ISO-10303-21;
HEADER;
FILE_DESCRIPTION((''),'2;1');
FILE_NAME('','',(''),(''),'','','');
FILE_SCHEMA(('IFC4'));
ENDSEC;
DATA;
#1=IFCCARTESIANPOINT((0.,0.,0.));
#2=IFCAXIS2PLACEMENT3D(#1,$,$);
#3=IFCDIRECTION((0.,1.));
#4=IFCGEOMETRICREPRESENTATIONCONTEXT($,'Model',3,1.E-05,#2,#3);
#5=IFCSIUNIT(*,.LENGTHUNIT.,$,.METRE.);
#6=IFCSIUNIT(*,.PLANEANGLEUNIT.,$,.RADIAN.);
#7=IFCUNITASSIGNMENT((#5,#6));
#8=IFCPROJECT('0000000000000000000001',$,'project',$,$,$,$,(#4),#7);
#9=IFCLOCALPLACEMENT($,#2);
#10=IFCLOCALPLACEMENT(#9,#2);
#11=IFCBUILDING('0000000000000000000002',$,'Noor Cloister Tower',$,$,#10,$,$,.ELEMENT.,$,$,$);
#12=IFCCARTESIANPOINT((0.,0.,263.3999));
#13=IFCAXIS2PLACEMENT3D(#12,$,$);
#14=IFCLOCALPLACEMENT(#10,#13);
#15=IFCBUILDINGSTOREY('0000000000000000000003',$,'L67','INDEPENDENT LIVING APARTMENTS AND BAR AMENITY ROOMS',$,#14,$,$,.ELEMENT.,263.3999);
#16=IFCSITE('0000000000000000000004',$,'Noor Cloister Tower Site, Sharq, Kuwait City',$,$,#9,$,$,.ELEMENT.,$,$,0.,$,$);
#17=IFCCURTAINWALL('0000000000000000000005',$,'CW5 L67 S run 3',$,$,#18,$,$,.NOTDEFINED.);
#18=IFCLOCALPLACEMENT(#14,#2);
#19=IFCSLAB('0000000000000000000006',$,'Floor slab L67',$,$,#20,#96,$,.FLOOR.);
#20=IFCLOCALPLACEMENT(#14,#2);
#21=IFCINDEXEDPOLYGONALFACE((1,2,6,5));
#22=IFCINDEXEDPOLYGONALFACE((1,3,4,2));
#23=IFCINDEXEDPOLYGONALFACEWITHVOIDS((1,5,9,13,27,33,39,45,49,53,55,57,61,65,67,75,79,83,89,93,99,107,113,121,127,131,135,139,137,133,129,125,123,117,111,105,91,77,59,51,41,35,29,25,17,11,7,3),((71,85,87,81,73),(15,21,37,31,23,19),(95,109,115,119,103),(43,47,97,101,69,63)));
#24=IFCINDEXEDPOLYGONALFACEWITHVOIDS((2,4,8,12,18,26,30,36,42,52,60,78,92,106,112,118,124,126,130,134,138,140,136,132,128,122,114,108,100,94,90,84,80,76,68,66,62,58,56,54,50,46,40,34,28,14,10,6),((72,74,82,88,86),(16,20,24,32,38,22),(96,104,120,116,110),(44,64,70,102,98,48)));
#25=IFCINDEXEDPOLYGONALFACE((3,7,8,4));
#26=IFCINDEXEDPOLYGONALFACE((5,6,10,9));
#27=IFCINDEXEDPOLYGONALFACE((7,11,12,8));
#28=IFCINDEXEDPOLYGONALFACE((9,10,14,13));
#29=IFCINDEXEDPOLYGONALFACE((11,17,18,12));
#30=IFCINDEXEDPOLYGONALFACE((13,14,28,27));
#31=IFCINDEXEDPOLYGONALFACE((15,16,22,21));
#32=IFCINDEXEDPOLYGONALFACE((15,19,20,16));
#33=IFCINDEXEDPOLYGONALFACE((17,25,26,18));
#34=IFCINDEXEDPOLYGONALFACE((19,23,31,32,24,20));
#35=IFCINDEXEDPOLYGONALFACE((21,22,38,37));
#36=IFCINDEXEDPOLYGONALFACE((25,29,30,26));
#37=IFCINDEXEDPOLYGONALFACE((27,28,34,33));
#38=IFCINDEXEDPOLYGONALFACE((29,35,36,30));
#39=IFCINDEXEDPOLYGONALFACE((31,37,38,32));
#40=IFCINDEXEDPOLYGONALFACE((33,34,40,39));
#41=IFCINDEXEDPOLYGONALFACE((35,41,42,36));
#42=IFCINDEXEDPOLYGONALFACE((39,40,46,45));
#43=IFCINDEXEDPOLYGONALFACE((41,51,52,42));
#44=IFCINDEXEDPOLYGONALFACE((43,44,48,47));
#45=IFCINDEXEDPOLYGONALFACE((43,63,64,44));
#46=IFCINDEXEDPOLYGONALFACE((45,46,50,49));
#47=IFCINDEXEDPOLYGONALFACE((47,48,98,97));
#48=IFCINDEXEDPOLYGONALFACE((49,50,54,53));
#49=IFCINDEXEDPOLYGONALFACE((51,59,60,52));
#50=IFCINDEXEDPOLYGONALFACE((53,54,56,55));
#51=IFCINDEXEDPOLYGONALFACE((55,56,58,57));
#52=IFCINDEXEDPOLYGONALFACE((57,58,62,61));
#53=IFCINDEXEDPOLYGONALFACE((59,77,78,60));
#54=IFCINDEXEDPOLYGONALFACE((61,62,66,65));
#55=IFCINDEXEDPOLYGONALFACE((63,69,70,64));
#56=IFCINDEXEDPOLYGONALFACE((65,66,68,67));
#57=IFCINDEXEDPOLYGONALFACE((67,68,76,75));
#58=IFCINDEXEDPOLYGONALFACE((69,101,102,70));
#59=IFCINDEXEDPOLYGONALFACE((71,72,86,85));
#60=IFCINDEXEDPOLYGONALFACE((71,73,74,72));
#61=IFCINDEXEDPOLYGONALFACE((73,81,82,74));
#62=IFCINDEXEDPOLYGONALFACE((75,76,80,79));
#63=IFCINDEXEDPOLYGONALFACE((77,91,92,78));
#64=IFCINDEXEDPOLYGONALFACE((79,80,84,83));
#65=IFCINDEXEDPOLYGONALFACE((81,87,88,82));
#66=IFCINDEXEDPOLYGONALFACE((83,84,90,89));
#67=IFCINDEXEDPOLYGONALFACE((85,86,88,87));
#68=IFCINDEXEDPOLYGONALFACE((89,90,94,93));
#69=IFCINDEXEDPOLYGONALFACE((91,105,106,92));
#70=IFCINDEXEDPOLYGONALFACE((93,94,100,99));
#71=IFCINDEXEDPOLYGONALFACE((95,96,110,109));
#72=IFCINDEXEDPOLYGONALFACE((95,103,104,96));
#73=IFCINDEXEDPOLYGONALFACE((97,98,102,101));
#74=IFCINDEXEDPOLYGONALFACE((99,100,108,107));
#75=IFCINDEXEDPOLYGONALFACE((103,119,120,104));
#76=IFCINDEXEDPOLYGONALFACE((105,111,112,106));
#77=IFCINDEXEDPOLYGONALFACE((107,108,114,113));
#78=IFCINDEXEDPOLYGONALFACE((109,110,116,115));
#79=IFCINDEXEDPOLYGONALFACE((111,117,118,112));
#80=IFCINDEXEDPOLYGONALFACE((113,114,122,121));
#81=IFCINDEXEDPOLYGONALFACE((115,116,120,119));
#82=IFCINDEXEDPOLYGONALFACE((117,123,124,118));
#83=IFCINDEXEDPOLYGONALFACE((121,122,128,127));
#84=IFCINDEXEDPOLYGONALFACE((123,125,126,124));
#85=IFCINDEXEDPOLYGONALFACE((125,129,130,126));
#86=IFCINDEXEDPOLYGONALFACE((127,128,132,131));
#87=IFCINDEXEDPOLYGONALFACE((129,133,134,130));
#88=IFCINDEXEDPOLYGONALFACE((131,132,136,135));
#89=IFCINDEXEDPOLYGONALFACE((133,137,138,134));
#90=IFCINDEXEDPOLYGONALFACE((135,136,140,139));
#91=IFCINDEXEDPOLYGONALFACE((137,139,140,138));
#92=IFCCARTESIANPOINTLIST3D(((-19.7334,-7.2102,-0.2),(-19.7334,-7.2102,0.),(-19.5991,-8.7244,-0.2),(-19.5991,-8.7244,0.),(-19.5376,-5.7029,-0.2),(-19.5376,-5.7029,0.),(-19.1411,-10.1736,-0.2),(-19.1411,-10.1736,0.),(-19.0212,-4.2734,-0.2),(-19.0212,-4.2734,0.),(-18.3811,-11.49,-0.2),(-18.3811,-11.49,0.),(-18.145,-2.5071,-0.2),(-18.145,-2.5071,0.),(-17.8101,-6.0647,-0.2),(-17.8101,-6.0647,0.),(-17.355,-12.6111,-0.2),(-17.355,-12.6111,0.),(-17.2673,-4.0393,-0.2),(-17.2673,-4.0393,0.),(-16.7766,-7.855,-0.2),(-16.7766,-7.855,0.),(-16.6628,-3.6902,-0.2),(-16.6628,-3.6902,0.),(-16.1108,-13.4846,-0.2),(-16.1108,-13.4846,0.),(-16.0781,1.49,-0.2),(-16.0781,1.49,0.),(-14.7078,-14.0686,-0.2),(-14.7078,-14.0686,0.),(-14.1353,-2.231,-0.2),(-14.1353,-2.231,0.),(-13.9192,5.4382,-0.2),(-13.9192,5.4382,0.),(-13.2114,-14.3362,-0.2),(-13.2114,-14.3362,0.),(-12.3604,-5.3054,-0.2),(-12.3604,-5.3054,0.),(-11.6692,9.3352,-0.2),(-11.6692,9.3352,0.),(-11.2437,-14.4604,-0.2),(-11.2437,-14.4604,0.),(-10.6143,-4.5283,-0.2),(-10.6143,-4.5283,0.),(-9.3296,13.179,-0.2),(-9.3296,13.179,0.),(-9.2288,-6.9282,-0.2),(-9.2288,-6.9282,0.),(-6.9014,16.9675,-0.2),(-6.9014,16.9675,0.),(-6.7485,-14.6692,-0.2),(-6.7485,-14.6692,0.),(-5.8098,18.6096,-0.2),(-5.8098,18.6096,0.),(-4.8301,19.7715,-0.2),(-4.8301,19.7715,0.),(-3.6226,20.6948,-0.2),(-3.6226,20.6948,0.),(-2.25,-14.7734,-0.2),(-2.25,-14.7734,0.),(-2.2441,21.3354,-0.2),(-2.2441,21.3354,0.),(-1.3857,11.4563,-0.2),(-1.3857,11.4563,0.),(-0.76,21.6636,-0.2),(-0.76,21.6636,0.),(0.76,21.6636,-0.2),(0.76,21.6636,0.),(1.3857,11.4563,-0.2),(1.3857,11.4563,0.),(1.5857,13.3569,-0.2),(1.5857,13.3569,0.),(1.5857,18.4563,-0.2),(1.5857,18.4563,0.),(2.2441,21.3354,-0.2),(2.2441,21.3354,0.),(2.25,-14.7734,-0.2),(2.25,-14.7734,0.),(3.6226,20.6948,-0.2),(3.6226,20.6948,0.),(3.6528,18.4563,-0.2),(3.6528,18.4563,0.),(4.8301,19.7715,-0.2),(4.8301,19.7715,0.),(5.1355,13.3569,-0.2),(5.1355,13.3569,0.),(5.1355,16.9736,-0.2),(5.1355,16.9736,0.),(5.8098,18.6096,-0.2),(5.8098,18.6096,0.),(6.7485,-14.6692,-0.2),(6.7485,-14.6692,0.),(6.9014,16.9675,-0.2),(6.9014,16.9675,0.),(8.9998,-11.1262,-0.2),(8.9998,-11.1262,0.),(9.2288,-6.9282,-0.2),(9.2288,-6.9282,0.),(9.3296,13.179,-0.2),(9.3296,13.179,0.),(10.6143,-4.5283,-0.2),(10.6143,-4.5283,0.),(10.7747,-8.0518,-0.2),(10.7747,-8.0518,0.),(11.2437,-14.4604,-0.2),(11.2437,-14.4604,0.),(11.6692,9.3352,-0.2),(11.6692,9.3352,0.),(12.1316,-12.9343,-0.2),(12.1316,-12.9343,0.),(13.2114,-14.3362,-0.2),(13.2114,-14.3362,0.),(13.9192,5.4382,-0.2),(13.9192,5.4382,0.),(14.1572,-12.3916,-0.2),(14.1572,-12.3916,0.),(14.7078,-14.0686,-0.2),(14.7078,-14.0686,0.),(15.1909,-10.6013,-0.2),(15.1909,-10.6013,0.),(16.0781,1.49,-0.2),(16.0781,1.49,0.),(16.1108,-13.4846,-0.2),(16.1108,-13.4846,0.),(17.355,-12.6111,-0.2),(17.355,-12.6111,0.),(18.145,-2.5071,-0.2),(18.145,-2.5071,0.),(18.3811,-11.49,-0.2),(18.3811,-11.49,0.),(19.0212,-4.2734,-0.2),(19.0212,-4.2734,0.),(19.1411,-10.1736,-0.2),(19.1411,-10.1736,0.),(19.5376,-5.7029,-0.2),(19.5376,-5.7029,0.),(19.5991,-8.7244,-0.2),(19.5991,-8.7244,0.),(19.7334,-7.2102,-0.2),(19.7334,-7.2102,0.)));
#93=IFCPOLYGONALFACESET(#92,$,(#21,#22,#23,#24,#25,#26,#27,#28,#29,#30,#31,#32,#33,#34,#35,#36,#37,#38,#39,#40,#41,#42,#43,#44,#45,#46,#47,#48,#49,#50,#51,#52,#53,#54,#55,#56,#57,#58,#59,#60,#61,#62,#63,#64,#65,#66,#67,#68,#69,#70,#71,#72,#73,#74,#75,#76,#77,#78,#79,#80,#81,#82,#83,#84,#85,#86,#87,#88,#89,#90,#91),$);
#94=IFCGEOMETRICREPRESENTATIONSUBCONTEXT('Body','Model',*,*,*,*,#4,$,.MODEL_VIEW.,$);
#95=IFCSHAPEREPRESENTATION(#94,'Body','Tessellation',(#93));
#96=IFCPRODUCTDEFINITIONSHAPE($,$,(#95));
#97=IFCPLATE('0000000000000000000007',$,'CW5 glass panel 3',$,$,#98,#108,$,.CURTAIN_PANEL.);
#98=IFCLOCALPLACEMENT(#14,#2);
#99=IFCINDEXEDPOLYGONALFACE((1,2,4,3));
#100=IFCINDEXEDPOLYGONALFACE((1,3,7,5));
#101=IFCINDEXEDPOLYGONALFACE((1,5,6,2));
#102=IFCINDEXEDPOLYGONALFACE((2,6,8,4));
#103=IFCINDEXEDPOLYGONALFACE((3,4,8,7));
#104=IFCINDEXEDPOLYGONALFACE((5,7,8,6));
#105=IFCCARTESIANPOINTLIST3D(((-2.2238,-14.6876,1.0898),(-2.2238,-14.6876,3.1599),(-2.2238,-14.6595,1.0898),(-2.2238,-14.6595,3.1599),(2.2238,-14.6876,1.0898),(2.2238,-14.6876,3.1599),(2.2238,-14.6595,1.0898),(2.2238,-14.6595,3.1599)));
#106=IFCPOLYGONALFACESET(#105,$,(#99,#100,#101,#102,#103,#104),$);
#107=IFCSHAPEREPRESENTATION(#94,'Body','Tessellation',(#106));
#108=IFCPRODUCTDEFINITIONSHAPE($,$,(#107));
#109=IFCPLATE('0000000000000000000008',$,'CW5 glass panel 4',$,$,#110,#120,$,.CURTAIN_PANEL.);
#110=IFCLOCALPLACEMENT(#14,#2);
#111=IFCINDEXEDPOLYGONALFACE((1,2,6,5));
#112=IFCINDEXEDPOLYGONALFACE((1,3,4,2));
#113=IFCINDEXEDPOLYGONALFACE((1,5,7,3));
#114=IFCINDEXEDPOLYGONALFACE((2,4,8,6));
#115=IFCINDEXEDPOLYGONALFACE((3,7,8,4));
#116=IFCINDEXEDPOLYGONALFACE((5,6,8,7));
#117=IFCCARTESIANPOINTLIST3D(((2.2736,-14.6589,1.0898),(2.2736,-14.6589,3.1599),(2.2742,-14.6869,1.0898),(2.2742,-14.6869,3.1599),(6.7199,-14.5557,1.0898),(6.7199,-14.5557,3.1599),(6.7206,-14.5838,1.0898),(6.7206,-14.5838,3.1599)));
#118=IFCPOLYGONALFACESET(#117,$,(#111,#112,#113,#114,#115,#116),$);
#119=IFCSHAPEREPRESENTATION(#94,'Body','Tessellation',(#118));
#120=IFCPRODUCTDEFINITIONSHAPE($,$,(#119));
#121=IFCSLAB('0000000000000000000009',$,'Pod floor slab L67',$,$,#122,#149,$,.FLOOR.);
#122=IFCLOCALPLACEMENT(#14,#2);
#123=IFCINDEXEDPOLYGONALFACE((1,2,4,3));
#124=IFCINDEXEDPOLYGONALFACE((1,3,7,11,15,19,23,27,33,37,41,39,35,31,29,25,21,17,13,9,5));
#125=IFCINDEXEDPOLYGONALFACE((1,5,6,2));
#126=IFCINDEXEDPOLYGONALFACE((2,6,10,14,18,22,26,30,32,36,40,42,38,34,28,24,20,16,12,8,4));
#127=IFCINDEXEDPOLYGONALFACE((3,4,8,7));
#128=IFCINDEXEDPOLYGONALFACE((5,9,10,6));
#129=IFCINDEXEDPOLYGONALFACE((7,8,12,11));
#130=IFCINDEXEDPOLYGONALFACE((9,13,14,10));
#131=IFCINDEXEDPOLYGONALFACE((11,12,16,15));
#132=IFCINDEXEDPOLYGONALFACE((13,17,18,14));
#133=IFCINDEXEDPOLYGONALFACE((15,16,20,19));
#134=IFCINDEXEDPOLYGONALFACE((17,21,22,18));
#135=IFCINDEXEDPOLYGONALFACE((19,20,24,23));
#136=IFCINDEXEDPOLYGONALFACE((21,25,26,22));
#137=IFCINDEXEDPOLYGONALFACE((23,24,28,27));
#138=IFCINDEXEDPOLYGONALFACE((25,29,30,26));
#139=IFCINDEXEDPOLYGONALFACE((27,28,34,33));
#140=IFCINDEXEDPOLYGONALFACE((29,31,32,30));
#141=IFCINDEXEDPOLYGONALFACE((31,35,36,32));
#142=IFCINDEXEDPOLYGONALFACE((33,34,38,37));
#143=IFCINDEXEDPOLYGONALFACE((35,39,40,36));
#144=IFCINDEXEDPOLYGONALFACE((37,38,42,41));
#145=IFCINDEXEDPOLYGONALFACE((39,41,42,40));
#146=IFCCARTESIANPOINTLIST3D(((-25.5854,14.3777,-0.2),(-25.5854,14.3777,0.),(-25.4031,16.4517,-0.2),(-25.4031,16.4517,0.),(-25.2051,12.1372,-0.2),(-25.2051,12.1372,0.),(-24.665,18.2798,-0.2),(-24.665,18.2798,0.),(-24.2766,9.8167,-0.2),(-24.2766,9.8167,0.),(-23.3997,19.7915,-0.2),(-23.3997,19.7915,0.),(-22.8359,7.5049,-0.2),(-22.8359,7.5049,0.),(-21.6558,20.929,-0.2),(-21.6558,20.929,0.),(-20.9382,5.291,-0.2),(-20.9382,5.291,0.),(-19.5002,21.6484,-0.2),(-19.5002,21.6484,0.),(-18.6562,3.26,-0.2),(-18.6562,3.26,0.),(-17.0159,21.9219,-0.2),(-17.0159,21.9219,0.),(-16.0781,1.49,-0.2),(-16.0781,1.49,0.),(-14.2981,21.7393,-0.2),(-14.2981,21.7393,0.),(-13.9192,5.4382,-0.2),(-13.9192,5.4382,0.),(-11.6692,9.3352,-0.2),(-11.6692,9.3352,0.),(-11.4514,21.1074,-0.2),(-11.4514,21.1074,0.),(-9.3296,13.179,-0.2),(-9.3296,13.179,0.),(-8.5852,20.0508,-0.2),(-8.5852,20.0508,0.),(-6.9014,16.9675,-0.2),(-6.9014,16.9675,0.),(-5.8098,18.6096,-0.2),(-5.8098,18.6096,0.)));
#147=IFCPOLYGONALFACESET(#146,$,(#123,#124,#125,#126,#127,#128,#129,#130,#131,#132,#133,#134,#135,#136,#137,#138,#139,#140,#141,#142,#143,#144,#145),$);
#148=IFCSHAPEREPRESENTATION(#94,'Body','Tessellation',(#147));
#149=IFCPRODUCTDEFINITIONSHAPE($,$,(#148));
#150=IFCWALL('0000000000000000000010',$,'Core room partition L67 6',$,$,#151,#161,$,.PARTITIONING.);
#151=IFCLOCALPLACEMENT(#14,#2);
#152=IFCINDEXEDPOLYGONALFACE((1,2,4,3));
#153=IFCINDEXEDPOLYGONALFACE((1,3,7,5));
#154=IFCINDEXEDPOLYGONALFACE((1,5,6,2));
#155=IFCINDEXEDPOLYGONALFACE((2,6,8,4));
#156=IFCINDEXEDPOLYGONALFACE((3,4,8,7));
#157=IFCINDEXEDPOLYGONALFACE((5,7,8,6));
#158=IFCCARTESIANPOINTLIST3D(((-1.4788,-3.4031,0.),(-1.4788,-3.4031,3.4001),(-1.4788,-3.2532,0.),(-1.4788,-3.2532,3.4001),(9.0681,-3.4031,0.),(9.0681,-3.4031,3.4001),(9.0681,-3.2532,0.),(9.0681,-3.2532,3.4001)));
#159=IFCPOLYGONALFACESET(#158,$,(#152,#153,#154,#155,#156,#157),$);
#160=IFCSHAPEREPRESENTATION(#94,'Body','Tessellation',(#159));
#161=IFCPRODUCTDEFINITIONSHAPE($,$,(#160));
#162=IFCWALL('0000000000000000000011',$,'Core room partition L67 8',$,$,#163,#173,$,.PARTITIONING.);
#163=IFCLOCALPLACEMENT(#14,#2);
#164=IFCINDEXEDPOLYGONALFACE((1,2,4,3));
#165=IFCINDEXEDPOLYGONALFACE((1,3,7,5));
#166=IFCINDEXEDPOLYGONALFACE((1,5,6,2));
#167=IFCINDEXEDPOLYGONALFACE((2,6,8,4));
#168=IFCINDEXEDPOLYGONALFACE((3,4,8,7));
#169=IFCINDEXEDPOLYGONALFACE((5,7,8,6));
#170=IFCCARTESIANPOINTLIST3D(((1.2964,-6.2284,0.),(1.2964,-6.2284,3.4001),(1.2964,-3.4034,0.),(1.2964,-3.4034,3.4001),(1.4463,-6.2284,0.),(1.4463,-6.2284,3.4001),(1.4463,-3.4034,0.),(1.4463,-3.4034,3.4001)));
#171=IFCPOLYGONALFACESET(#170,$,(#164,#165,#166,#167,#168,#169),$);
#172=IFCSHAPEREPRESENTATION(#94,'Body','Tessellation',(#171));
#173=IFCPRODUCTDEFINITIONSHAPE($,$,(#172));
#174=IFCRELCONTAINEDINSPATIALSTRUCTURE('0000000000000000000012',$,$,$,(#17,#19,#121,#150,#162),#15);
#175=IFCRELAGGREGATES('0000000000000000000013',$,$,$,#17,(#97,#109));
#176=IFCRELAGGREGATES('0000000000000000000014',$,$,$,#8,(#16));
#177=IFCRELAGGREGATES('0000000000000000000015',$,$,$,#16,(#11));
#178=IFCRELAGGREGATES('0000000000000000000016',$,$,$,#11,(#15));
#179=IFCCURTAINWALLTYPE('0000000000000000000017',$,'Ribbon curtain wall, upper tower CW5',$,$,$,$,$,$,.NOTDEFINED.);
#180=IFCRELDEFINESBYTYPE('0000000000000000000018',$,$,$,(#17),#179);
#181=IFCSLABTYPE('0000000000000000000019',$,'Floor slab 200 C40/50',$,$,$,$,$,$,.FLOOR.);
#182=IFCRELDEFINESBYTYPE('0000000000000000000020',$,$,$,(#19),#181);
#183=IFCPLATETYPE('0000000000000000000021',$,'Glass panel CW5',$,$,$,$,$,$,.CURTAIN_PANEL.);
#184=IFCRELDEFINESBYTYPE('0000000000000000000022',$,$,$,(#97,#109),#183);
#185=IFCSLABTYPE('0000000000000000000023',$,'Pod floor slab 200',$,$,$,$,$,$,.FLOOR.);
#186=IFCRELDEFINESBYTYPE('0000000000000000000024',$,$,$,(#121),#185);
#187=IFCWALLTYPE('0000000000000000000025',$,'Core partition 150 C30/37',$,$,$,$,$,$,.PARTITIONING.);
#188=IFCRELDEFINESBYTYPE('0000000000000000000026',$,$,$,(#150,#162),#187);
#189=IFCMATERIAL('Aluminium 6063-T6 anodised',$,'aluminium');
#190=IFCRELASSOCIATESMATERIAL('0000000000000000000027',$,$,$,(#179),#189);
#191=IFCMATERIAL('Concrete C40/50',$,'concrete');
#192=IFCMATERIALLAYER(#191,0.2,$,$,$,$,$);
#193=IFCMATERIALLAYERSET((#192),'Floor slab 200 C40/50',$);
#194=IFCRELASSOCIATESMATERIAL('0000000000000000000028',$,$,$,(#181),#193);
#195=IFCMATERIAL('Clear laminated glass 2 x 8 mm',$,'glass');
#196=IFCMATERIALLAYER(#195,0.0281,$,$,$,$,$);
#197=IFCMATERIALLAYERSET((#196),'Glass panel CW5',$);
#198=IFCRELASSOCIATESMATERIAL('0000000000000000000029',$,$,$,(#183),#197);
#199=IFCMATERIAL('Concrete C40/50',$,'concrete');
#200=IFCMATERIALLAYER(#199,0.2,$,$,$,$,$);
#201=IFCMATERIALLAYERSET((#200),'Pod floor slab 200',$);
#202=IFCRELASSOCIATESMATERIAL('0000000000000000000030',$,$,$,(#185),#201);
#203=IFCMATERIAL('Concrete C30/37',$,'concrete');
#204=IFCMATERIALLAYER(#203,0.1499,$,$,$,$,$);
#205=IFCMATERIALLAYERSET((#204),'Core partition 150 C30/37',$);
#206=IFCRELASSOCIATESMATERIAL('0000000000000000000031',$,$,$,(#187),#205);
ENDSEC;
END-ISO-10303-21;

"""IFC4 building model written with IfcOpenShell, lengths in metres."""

from ifc_helpers import new_model, si_unit, direction, frame, frame_2d, origin, origin_2d, place, context, subcontext, project, spatial, polyline, rectangle, outline, extrude, material, layer, layer_set, type_object, element, aggregate, save


model = new_model("IFC4")

# Units and contexts
model_context = context("Model", 3, precision=1e-05, world=origin(), true_north=direction((0.0, 1.0)))
body_context = subcontext(model_context, "Body", "Model", "MODEL_VIEW")
ifc_project = project(units=[si_unit("LENGTHUNIT", "METRE"), si_unit("PLANEANGLEUNIT", "RADIAN")], contexts=[model_context])

# Site, building, storey
site_placement = place(None, origin())
site = spatial("IfcSite", under=ifc_project, at=site_placement, Name="Noor Cloister Tower Site, Sharq, Kuwait City", CompositionType="ELEMENT", RefElevation=0.0)
building_placement = place(site_placement, origin())
building = spatial("IfcBuilding", under=site, at=building_placement, Name="Noor Cloister Tower", CompositionType="ELEMENT")
storey_placement = place(building_placement, frame((0.0, 0.0, 263.3999)))
storey = spatial("IfcBuildingStorey", under=building, at=storey_placement, Name="L67", Description="INDEPENDENT LIVING APARTMENTS AND BAR AMENITY ROOMS", CompositionType="ELEMENT", Elevation=263.3999)

# Curtain wall
ifc_material_1 = material(Name="Aluminium 6063-T6 anodised", Category="aluminium")
curtain_wall_type_1 = type_object("IfcCurtainWallType", Name="Ribbon curtain wall, upper tower CW5", PredefinedType="NOTDEFINED", material=ifc_material_1)
curtain_wall_1_placement = place(storey_placement, origin())
curtain_wall_1 = element("IfcCurtainWall", 1, at=curtain_wall_1_placement, inside=storey, type_object=curtain_wall_type_1, Name="CW5 L67 S run 3", PredefinedType="NOTDEFINED")

# Slab
ifc_material_2 = material(Name="Concrete C40/50", Category="concrete")
ifc_layer_1 = layer(ifc_material_2, 0.2)
ifc_layer_set_1 = layer_set([ifc_layer_1], Name="Floor slab 200 C40/50")
slab_type_1 = type_object("IfcSlabType", Name="Floor slab 200 C40/50", PredefinedType="FLOOR", material=ifc_layer_set_1)
slab_1_placement = place(storey_placement, frame((0.0, 0.0, -0.2)))
element("IfcSlab", 2, at=slab_1_placement, inside=storey, type_object=slab_type_1, Name="Floor slab L67", PredefinedType="FLOOR", context=body_context, shape_type="SweptSolid", body=[
    extrude(outline(polyline([(5.8098, 18.6096), (4.8301, 19.7715), (3.6226, 20.6948), (2.2441, 21.3354), (0.76, 21.6636), (-0.76, 21.6636), (-2.2441, 21.3354), (-3.6226, 20.6948), (-4.8301, 19.7715), (-5.8098, 18.6096), (-6.9014, 16.9675), (-9.3296, 13.179), (-11.6692, 9.3352), (-13.9192, 5.4382), (-16.0781, 1.49), (-18.145, -2.5071), (-19.0212, -4.2734), (-19.5376, -5.7029), (-19.7334, -7.2102), (-19.5991, -8.7244), (-19.1411, -10.1736), (-18.3811, -11.49), (-17.355, -12.6111), (-16.1108, -13.4846), (-14.7078, -14.0686), (-13.2114, -14.3362), (-11.2437, -14.4604), (-6.7485, -14.6692), (-2.25, -14.7734), (2.25, -14.7734), (6.7485, -14.6692), (11.2437, -14.4604), (13.2114, -14.3362), (14.7078, -14.0686), (16.1108, -13.4846), (17.355, -12.6111), (18.3811, -11.49), (19.1411, -10.1736), (19.5991, -8.7244), (19.7334, -7.2102), (19.5376, -5.7029), (19.0212, -4.2734), (18.145, -2.5071), (16.0781, 1.49), (13.9192, 5.4382), (11.6692, 9.3352), (9.3296, 13.179), (6.9014, 16.9675), (5.8098, 18.6096)]), holes=[polyline([(8.9998, -11.1262), (12.1316, -12.9343), (14.1572, -12.3916), (15.1909, -10.6013), (10.7747, -8.0518), (8.9998, -11.1262)]), polyline([(-17.8101, -6.0647), (-16.7766, -7.855), (-12.3604, -5.3054), (-14.1353, -2.231), (-16.6628, -3.6902), (-17.2673, -4.0393), (-17.8101, -6.0647)]), polyline([(-10.6143, -4.5283), (-9.2288, -6.9282), (9.2288, -6.9282), (10.6143, -4.5283), (1.3857, 11.4563), (-1.3857, 11.4563), (-10.6143, -4.5283)]), polyline([(3.6528, 18.4563), (1.5857, 18.4563), (1.5857, 13.3569), (5.1355, 13.3569), (5.1355, 16.9736), (3.6528, 18.4563)])]), origin(), (0.0, 0.0, 1.0), 0.2),
])

# Plates
ifc_material_3 = material(Name="Clear laminated glass 2 x 8 mm", Category="glass")
ifc_layer_2 = layer(ifc_material_3, 0.0281)
ifc_layer_set_2 = layer_set([ifc_layer_2], Name="Glass panel CW5")
plate_type = type_object("IfcPlateType", Name="Glass panel CW5", PredefinedType="CURTAIN_PANEL", material=ifc_layer_set_2)
plate_1_placement = place(storey_placement, frame((0.0, -14.6736, 1.0898), z_axis=(0.0, 0.0, 1.0), x_axis=(1.0, 0.0, 0.0)))
plate_1 = element("IfcPlate", 3, at=plate_1_placement, type_object=plate_type, Name="CW5 glass panel 3", PredefinedType="CURTAIN_PANEL", context=body_context, shape_type="SweptSolid", body=[
    extrude(rectangle(XDim=4.4475, YDim=0.0281, at=origin_2d()), origin(), (0.0, 0.0, 1.0), 2.0701),
])
plate_2_placement = place(storey_placement, frame((4.4971, -14.6213, 1.0898), z_axis=(0.0, 0.0, 1.0), x_axis=(0.999731, 0.02319, 0.0)))
plate_2 = element("IfcPlate", 4, at=plate_2_placement, type_object=plate_type, Name="CW5 glass panel 4", PredefinedType="CURTAIN_PANEL", context=body_context, shape_type="SweptSolid", body=[
    extrude(rectangle(XDim=4.4475, YDim=0.0281, at=origin_2d()), origin(), (0.0, 0.0, 1.0), 2.0701),
])
aggregate(curtain_wall_1, [plate_1, plate_2])

# Slab
ifc_material_4 = material(Name="Concrete C40/50", Category="concrete")
ifc_layer_3 = layer(ifc_material_4, 0.2)
ifc_layer_set_3 = layer_set([ifc_layer_3], Name="Pod floor slab 200")
slab_type_2 = type_object("IfcSlabType", Name="Pod floor slab 200", PredefinedType="FLOOR", material=ifc_layer_set_3)
slab_2_placement = place(storey_placement, frame((0.0, 0.0, -0.2)))
element("IfcSlab", 5, at=slab_2_placement, inside=storey, type_object=slab_type_2, Name="Pod floor slab L67", PredefinedType="FLOOR", context=body_context, shape_type="SweptSolid", body=[
    extrude(outline(polyline([(-5.8098, 18.6096), (-8.5852, 20.0508), (-11.4514, 21.1074), (-14.2981, 21.7393), (-17.0159, 21.9219), (-19.5002, 21.6484), (-21.6558, 20.929), (-23.3997, 19.7915), (-24.665, 18.2798), (-25.4031, 16.4517), (-25.5854, 14.3777), (-25.2051, 12.1372), (-24.2766, 9.8167), (-22.8359, 7.5049), (-20.9382, 5.291), (-18.6562, 3.26), (-16.0781, 1.49), (-13.9192, 5.4382), (-11.6692, 9.3352), (-9.3296, 13.179), (-6.9014, 16.9675), (-5.8098, 18.6096)])), origin(), (0.0, 0.0, 1.0), 0.2),
])

# Walls
ifc_material_5 = material(Name="Concrete C30/37", Category="concrete")
ifc_layer_4 = layer(ifc_material_5, 0.1499)
ifc_layer_set_4 = layer_set([ifc_layer_4], Name="Core partition 150 C30/37")
wall_type_1 = type_object("IfcWallType", Name="Core partition 150 C30/37", PredefinedType="PARTITIONING", material=ifc_layer_set_4)
wall_1_placement = place(storey_placement, frame((-1.4788, -3.3281, 0.0), z_axis=(0.0, 0.0, 1.0), x_axis=(1.0, 0.0, 0.0)))
element("IfcWall", 6, at=wall_1_placement, inside=storey, type_object=wall_type_1, Name="Core room partition L67 6", PredefinedType="PARTITIONING", context=body_context, shape_type="SweptSolid", body=[
    extrude(rectangle(XDim=10.5469, YDim=0.1499, at=frame_2d((5.2734, 0.0))), origin(), (0.0, 0.0, 1.0), 3.4001),
])
wall_2_placement = place(storey_placement, frame((1.3713, -3.4033, 0.0), z_axis=(0.0, 0.0, 1.0), x_axis=(0.0, -1.0, 0.0)))
element("IfcWall", 7, at=wall_2_placement, inside=storey, type_object=wall_type_1, Name="Core room partition L67 8", PredefinedType="PARTITIONING", context=body_context, shape_type="SweptSolid", body=[
    extrude(rectangle(XDim=2.825, YDim=0.1499, at=frame_2d((1.4126, 0.0))), origin(), (0.0, 0.0, 1.0), 3.4001),
])

save(model, "model.ifc")
